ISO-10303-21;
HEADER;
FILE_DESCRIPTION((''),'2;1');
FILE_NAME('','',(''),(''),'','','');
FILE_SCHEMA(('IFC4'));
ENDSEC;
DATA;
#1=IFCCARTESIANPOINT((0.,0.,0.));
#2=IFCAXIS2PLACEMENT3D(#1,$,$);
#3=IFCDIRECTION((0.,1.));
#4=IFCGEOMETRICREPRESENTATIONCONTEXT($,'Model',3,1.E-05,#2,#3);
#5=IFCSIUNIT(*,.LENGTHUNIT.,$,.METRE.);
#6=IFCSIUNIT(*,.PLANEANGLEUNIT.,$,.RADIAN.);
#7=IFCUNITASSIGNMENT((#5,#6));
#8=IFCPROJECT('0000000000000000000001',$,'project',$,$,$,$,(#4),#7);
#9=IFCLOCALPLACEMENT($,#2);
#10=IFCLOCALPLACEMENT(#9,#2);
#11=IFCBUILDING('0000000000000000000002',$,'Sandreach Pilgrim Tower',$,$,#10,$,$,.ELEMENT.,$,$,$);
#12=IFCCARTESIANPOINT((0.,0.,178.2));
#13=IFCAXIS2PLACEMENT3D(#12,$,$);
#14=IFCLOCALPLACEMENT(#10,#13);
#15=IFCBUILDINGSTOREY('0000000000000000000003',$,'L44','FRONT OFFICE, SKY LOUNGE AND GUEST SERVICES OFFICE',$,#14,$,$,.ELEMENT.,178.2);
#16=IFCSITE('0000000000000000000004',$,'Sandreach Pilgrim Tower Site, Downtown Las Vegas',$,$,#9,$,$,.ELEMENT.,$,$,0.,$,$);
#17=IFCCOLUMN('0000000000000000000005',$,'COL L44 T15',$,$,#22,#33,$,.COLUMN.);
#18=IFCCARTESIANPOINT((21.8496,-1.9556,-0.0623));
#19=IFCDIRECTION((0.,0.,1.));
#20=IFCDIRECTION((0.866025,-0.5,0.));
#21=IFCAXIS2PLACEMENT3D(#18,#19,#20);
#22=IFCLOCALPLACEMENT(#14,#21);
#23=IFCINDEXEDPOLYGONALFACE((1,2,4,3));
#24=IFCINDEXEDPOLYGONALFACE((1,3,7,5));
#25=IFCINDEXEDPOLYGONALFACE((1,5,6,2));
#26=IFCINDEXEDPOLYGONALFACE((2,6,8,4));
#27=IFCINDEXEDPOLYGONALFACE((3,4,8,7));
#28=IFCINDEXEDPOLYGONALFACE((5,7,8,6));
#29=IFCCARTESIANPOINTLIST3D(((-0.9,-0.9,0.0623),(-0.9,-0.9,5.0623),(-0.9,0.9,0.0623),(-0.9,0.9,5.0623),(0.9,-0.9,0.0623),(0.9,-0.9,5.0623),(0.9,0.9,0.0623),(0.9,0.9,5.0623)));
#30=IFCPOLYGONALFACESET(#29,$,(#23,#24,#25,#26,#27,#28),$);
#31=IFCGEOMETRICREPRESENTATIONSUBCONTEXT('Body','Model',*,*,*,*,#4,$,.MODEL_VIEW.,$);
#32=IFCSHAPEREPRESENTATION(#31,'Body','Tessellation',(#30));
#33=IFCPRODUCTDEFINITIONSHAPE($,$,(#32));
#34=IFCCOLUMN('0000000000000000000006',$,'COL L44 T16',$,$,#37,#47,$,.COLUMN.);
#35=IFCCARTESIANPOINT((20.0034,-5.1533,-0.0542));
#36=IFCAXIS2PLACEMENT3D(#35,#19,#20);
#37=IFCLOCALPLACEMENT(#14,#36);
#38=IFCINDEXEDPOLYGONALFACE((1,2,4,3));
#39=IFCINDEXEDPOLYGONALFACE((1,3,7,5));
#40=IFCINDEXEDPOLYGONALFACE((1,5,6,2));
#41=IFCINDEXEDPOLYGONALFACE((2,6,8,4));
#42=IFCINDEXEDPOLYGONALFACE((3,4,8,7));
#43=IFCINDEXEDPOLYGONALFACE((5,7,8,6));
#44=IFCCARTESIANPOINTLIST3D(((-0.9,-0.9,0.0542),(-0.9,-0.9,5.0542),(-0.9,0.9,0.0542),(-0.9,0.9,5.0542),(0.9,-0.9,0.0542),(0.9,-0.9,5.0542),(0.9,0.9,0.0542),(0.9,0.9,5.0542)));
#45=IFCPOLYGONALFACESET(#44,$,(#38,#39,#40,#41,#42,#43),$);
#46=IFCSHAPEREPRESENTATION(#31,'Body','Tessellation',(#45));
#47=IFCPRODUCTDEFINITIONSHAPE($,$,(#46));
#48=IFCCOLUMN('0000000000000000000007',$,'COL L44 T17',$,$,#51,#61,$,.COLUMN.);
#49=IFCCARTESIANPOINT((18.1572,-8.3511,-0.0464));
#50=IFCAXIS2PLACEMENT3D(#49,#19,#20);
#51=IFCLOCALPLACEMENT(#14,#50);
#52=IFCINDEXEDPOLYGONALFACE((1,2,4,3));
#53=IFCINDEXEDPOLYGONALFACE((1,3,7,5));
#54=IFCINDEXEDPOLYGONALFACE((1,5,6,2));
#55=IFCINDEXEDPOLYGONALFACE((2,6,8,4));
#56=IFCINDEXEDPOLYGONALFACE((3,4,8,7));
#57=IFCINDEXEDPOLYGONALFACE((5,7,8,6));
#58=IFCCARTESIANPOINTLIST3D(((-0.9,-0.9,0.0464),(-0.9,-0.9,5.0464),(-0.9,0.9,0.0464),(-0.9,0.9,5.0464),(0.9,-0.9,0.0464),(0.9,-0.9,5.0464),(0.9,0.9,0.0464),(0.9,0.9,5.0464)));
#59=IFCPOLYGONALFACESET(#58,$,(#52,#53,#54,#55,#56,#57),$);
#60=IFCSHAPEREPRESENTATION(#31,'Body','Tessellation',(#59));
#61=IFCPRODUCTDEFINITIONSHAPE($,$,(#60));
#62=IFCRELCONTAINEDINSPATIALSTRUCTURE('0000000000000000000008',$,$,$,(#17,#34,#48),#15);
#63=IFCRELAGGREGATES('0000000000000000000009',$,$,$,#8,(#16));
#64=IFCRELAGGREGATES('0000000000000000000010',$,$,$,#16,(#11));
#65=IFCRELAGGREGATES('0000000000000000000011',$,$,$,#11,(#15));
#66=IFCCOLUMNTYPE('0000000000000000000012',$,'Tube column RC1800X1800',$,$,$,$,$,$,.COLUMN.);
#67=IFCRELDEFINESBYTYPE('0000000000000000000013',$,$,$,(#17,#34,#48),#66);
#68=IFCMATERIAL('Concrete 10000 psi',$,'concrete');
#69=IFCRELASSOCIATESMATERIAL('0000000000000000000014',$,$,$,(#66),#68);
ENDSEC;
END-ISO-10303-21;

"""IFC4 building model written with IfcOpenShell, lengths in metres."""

from ifc_helpers import new_model, si_unit, direction, frame, origin, origin_2d, place, context, subcontext, project, spatial, rectangle, extrude, clip, halfspace, material, material_profile, profile_set, type_object, element, save


model = new_model("IFC4")

# Units and contexts
model_context = context("Model", 3, precision=1e-05, world=origin(), true_north=direction((0.0, 1.0)))
body_context = subcontext(model_context, "Body", "Model", "MODEL_VIEW")
ifc_project = project(units=[si_unit("LENGTHUNIT", "METRE"), si_unit("PLANEANGLEUNIT", "RADIAN")], contexts=[model_context])

# Site, building, storey
site_placement = place(None, origin())
site = spatial("IfcSite", under=ifc_project, at=site_placement, Name="Sandreach Pilgrim Tower Site, Downtown Las Vegas", CompositionType="ELEMENT", RefElevation=0.0)
building_placement = place(site_placement, origin())
building = spatial("IfcBuilding", under=site, at=building_placement, Name="Sandreach Pilgrim Tower", CompositionType="ELEMENT")
storey_placement = place(building_placement, frame((0.0, 0.0, 178.2)))
storey = spatial("IfcBuildingStorey", under=building, at=storey_placement, Name="L44", Description="FRONT OFFICE, SKY LOUNGE AND GUEST SERVICES OFFICE", CompositionType="ELEMENT", Elevation=178.2)

# Columns
ifc_material_1 = material(Name="Concrete 10000 psi", Category="concrete")
ifc_material_profile_1 = material_profile(ifc_material_1, rectangle(XDim=1.8, YDim=1.8, at=origin_2d()), Name="RC1800X1800")
ifc_profile_set_1 = profile_set([ifc_material_profile_1], Name="Concrete 10000 psi")
column_type = type_object("IfcColumnType", Name="Tube column RC1800X1800", PredefinedType="COLUMN", material=ifc_profile_set_1)
column_1_placement = place(storey_placement, frame((21.8496, -1.9556, -0.0623), z_axis=(0.0, 0.0, 1.0), x_axis=(0.866025, -0.5, 0.0)))
element("IfcColumn", 1, at=column_1_placement, inside=storey, type_object=column_type, Name="COL L44 T15", PredefinedType="COLUMN", context=body_context, shape_type="SweptSolid", body=[
    clip(extrude(rectangle(XDim=1.8, YDim=1.8, at=origin_2d()), origin(), (0.0, 0.0, 1.0), 5.0623), halfspace(frame((0.0, 0.0, 0.0623)), True)),
])
column_2_placement = place(storey_placement, frame((20.0034, -5.1533, -0.0542), z_axis=(0.0, 0.0, 1.0), x_axis=(0.866025, -0.5, 0.0)))
element("IfcColumn", 2, at=column_2_placement, inside=storey, type_object=column_type, Name="COL L44 T16", PredefinedType="COLUMN", context=body_context, shape_type="SweptSolid", body=[
    clip(extrude(rectangle(XDim=1.8, YDim=1.8, at=origin_2d()), origin(), (0.0, 0.0, 1.0), 5.0542), halfspace(frame((0.0, 0.0, 0.0542)), True)),
])
column_3_placement = place(storey_placement, frame((18.1572, -8.3511, -0.0464), z_axis=(0.0, 0.0, 1.0), x_axis=(0.866025, -0.5, 0.0)))
element("IfcColumn", 3, at=column_3_placement, inside=storey, type_object=column_type, Name="COL L44 T17", PredefinedType="COLUMN", context=body_context, shape_type="SweptSolid", body=[
    clip(extrude(rectangle(XDim=1.8, YDim=1.8, at=origin_2d()), origin(), (0.0, 0.0, 1.0), 5.0464), halfspace(frame((0.0, 0.0, 0.0464)), True)),
])

save(model, "model.ifc")
